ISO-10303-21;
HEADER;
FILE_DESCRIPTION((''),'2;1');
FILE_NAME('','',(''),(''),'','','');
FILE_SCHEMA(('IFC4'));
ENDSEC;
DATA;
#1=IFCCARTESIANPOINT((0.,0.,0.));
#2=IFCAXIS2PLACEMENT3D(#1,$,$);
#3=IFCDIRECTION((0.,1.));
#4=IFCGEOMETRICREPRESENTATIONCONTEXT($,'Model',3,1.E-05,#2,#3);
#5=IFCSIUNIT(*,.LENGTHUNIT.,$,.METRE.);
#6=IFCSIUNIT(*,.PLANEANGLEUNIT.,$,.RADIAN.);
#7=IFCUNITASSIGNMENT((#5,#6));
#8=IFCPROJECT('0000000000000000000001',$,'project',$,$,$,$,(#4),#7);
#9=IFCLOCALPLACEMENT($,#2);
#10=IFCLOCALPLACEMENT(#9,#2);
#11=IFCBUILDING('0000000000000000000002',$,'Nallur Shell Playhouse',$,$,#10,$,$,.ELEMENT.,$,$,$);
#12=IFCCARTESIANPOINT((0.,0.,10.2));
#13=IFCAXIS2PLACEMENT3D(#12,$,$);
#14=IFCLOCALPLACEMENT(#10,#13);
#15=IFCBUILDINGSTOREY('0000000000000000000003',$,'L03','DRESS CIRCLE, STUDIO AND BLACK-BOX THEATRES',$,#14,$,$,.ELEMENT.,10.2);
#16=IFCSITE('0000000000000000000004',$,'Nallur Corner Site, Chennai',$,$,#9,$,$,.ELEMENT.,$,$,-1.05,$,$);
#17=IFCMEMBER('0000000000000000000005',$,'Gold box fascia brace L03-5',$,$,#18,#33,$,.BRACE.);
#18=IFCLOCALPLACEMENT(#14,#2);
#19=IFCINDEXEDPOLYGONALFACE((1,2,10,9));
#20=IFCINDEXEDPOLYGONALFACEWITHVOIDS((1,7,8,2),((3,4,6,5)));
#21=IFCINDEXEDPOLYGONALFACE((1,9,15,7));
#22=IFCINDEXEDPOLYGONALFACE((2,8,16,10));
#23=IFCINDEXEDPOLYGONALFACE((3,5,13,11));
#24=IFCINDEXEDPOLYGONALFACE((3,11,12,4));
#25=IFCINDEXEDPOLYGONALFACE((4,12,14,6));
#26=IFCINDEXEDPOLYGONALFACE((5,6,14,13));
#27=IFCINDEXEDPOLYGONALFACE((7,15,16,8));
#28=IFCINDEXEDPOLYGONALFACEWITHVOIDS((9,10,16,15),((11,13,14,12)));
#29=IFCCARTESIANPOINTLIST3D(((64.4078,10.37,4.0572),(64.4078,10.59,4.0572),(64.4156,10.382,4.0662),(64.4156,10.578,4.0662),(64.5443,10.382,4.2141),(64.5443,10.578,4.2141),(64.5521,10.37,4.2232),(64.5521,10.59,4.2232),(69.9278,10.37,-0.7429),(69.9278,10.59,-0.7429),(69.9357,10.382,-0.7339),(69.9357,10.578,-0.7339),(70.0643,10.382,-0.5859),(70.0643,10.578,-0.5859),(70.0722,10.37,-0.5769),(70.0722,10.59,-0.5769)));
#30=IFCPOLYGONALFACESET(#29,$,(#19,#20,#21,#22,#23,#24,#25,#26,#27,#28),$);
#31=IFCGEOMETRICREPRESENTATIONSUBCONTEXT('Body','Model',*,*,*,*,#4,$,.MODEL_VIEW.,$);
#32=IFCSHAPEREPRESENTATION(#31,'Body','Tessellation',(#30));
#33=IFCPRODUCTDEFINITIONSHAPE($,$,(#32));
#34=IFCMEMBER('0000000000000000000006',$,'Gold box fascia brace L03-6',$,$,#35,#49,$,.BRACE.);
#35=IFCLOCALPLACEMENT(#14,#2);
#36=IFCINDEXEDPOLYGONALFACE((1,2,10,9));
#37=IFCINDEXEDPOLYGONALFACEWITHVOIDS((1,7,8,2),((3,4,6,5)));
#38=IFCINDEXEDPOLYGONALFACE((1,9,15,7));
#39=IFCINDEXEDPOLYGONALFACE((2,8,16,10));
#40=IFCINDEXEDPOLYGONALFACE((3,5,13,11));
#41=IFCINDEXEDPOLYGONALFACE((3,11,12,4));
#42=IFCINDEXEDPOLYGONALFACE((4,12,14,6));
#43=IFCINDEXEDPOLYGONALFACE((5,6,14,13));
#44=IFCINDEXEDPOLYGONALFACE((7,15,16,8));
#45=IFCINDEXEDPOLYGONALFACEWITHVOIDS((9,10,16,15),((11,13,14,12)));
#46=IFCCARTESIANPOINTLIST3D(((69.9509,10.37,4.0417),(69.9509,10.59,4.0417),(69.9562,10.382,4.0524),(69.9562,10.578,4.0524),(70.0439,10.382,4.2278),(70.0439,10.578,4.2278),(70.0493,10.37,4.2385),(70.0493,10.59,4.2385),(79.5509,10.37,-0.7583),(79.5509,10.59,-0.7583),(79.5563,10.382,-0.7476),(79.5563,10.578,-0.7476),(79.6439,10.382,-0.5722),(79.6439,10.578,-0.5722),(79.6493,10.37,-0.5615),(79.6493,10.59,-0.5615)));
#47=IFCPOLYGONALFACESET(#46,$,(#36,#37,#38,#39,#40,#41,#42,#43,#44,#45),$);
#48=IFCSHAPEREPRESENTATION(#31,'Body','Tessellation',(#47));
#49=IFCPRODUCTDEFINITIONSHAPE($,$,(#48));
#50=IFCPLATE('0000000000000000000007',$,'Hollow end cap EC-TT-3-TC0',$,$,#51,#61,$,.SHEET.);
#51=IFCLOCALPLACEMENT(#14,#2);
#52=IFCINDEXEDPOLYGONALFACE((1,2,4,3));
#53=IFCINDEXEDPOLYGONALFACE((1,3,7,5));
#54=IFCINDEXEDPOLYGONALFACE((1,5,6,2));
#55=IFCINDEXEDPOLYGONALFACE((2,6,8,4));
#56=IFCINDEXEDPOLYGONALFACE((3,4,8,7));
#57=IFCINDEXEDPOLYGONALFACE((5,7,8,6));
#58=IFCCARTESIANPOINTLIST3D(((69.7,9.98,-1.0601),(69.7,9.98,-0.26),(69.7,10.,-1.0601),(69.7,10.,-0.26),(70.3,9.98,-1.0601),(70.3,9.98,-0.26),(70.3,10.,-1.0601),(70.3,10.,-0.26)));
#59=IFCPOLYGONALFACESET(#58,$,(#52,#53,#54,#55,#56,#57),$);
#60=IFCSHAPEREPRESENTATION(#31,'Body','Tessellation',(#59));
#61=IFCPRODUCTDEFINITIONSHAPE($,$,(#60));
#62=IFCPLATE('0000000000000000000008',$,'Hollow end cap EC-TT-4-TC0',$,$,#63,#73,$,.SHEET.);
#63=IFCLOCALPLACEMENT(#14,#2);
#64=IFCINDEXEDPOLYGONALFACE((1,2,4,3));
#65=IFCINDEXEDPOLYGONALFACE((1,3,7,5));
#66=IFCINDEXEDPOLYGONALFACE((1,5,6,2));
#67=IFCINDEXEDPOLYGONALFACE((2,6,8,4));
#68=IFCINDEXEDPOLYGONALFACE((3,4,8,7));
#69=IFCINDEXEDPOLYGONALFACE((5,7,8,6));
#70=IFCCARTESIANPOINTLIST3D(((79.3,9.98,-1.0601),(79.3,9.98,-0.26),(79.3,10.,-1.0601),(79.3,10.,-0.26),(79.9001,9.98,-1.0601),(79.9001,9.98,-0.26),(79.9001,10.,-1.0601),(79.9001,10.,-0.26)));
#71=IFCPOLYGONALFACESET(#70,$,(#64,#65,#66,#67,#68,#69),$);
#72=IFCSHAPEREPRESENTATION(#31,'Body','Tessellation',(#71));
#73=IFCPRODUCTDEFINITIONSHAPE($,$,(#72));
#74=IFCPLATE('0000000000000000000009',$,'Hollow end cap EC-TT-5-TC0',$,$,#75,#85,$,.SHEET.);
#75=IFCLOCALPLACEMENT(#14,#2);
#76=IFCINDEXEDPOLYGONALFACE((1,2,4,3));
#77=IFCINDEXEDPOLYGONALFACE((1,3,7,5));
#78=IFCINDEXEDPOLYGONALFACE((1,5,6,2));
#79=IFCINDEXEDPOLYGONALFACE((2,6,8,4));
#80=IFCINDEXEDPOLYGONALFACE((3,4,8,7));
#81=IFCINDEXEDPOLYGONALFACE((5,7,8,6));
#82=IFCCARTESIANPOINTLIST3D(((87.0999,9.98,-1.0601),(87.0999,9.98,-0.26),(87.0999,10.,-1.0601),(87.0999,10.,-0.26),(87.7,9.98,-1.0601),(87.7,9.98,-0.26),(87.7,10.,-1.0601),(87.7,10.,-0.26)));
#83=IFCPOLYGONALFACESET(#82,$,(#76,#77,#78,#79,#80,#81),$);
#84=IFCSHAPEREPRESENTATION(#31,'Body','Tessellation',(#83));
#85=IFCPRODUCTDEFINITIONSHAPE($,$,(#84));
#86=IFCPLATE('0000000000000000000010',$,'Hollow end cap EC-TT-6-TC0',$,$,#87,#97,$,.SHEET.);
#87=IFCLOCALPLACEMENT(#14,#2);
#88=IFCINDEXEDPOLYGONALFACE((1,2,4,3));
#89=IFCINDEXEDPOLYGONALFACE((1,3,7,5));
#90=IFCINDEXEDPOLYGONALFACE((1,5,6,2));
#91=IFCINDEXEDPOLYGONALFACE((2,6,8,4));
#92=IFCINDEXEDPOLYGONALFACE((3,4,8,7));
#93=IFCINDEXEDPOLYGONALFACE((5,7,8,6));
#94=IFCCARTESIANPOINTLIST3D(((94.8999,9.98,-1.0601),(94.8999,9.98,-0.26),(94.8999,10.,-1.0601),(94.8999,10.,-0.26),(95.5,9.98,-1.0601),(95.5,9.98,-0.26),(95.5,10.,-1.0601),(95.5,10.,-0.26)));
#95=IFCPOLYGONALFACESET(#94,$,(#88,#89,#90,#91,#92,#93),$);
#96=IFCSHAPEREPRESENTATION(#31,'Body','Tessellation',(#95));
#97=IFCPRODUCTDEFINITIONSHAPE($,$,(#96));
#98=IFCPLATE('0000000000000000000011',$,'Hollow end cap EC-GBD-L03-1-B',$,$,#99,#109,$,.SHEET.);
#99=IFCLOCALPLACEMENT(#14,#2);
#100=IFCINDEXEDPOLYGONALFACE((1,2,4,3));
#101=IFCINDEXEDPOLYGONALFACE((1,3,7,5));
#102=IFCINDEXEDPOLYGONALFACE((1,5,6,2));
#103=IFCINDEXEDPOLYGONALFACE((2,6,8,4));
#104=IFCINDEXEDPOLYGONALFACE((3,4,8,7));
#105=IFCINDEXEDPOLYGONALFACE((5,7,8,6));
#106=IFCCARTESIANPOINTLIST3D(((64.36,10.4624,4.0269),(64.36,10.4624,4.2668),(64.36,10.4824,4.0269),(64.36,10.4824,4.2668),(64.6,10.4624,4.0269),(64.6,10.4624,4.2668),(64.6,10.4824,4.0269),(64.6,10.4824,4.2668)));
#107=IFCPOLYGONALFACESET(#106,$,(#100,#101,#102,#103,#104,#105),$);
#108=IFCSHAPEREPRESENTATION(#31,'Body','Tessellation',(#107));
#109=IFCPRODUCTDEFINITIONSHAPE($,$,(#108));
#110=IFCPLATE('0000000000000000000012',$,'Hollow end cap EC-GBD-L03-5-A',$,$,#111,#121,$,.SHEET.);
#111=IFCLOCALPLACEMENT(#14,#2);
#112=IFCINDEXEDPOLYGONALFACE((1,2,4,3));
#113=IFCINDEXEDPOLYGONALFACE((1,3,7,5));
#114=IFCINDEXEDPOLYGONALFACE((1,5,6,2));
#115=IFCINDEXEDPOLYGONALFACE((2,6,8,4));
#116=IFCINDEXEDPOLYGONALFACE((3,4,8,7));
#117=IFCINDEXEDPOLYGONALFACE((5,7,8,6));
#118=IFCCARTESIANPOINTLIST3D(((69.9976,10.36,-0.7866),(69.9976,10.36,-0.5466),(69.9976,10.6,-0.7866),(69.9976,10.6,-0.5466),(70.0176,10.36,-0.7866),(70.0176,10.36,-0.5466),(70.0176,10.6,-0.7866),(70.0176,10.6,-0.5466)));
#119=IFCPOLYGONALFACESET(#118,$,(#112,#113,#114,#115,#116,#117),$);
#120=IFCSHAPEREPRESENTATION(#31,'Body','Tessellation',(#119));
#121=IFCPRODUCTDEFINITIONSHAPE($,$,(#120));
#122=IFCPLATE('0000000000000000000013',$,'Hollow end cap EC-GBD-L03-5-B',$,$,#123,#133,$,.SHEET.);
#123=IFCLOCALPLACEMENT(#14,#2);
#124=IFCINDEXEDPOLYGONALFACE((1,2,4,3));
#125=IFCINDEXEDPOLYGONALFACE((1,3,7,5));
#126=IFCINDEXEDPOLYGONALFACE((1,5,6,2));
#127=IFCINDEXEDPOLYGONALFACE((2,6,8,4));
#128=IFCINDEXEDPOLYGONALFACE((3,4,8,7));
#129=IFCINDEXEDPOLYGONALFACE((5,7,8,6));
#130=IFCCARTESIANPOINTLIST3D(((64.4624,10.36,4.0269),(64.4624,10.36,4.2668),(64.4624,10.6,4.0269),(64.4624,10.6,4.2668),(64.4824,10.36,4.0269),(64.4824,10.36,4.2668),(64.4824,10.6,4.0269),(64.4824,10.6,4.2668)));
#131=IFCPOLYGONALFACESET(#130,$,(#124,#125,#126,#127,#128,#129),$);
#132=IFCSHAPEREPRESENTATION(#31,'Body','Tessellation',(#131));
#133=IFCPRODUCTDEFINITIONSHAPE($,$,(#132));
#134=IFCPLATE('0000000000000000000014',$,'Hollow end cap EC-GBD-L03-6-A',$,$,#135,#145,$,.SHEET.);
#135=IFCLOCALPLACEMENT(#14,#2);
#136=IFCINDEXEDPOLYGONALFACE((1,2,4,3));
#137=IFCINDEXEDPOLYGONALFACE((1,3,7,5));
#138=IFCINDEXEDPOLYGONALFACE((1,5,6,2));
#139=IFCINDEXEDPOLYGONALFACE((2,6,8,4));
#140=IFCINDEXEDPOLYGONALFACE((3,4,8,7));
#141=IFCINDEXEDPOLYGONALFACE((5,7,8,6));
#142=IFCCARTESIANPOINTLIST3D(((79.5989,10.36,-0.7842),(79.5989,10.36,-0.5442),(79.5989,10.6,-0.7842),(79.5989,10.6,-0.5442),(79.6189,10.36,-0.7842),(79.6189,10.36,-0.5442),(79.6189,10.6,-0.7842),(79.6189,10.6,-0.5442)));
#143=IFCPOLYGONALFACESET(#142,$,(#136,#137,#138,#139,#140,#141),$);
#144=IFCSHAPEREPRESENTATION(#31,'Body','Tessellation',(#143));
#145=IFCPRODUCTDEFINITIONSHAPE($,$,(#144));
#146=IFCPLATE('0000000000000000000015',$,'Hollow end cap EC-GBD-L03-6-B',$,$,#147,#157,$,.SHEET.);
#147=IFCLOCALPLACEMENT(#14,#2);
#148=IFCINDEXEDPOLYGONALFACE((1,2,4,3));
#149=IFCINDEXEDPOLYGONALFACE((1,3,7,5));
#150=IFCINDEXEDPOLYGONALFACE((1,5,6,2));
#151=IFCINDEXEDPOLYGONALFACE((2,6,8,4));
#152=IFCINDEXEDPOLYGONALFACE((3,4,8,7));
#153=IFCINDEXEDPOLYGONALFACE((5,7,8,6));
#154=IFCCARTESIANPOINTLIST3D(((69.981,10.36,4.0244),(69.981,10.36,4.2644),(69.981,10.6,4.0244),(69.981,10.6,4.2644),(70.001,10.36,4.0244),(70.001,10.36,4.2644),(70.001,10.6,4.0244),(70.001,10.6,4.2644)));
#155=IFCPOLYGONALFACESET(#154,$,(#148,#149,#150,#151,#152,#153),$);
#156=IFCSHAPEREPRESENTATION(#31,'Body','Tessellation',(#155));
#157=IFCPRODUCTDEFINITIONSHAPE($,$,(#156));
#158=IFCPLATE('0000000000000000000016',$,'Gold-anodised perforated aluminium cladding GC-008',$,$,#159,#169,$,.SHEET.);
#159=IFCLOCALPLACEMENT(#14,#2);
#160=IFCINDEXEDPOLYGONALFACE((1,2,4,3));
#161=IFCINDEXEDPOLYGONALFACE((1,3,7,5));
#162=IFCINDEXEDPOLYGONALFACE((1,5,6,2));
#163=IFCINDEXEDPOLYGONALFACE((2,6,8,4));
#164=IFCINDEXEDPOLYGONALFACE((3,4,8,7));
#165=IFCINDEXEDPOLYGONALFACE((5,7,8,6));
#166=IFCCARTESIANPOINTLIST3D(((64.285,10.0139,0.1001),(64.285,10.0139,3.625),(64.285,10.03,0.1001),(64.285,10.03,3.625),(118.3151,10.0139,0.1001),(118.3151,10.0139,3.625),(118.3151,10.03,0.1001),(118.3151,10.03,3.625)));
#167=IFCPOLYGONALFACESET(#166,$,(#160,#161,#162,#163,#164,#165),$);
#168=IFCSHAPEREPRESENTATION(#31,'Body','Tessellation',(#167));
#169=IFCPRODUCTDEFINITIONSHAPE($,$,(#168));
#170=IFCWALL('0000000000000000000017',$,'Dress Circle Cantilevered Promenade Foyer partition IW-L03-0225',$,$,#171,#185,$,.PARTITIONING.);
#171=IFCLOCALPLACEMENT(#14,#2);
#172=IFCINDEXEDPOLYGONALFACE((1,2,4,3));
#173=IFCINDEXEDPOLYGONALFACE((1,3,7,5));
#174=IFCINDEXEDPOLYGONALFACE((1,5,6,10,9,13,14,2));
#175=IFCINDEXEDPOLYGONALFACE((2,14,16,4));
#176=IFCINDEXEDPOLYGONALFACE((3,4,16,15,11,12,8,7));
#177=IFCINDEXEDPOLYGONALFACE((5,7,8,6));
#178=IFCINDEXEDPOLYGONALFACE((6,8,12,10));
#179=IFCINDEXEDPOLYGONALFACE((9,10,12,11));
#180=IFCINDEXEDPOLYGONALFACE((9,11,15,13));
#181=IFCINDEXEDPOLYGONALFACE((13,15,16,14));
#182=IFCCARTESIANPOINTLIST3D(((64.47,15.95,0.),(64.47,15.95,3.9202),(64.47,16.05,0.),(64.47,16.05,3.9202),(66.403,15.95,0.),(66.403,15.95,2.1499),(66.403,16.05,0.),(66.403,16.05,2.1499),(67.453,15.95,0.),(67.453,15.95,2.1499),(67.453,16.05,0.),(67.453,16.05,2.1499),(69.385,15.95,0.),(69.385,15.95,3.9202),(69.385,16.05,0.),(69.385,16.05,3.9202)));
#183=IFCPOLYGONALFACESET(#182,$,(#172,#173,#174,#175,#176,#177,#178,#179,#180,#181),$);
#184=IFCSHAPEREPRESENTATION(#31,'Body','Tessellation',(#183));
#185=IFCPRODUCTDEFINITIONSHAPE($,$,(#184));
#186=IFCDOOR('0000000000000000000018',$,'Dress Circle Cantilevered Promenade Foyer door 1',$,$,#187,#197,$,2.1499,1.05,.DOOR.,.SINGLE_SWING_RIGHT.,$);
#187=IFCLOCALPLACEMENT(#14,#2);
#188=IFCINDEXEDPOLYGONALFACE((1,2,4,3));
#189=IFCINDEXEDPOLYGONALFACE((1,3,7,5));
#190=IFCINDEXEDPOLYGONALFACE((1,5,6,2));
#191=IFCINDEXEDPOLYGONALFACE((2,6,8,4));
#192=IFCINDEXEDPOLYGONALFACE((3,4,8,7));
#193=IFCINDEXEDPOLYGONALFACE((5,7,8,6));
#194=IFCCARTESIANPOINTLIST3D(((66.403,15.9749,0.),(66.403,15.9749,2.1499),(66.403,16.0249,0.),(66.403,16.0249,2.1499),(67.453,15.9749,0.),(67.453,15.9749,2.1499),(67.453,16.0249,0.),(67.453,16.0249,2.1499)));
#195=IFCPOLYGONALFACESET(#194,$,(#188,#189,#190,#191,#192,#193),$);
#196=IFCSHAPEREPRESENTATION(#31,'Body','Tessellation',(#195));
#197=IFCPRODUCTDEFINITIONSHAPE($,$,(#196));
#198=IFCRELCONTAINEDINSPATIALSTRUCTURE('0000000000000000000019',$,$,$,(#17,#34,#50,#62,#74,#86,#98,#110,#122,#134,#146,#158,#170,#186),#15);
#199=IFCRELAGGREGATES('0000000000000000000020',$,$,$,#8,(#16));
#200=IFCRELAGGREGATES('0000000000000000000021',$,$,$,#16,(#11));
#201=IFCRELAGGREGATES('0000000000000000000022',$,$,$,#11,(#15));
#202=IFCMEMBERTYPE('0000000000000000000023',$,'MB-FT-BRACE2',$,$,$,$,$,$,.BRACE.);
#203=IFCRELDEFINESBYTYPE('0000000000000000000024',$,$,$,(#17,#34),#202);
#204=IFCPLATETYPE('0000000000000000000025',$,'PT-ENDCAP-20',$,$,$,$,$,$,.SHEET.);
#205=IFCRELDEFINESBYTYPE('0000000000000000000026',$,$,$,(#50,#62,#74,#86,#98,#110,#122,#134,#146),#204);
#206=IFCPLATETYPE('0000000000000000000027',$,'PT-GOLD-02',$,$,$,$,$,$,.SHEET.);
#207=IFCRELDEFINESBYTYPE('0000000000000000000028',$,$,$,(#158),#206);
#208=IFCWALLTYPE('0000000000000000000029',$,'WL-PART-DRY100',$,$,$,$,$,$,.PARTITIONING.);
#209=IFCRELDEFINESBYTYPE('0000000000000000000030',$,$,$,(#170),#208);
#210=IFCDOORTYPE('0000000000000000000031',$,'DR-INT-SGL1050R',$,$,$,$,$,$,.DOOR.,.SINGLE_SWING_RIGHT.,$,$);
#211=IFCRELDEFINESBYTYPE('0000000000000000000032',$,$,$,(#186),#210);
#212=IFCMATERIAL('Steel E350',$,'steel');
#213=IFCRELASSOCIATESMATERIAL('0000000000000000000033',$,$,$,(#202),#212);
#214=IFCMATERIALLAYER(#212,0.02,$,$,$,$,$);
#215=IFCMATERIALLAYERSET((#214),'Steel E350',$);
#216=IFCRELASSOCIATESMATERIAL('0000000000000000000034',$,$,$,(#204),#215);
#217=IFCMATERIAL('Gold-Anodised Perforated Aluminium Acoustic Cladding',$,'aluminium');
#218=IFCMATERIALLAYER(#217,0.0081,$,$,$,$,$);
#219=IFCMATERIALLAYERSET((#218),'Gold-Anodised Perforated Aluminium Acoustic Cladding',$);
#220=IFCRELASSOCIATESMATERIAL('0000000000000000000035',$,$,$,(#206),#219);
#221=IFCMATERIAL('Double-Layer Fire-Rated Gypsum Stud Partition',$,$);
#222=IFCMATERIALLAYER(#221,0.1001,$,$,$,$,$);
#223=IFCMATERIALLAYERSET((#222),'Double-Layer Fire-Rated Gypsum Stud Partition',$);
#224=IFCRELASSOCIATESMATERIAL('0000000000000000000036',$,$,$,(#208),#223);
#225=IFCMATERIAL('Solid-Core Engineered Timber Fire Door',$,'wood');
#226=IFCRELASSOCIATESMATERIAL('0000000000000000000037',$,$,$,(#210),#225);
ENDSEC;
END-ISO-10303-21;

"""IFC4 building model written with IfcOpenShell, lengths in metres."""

from ifc_helpers import new_model, si_unit, direction, frame, frame_2d, origin, origin_2d, place, context, subcontext, project, spatial, rectangle, hollow_rectangle, extrude, material, layer, layer_set, material_profile, profile_set, type_object, element, fill, save


model = new_model("IFC4")

# Units and contexts
model_context = context("Model", 3, precision=1e-05, world=origin(), true_north=direction((0.0, 1.0)))
body_context = subcontext(model_context, "Body", "Model", "MODEL_VIEW")
ifc_project = project(units=[si_unit("LENGTHUNIT", "METRE"), si_unit("PLANEANGLEUNIT", "RADIAN")], contexts=[model_context])

# Site, building, storey
site_placement = place(None, origin())
site = spatial("IfcSite", under=ifc_project, at=site_placement, Name="Nallur Corner Site, Chennai", CompositionType="ELEMENT", RefElevation=-1.05)
building_placement = place(site_placement, origin())
building = spatial("IfcBuilding", under=site, at=building_placement, Name="Nallur Shell Playhouse", CompositionType="ELEMENT")
storey_placement = place(building_placement, frame((0.0, 0.0, 10.2)))
storey = spatial("IfcBuildingStorey", under=building, at=storey_placement, Name="L03", Description="DRESS CIRCLE, STUDIO AND BLACK-BOX THEATRES", CompositionType="ELEMENT", Elevation=10.2)

# Shared definitions
ifc_material_1 = material(Name="Steel E350", Category="steel")

# Members
ifc_material_profile_1 = material_profile(ifc_material_1, hollow_rectangle(XDim=0.22, YDim=0.22, WallThickness=0.012, at=origin_2d()), Name="SHS 220x220x12")
ifc_profile_set_1 = profile_set([ifc_material_profile_1], Name="Steel E350")
member_type_1 = type_object("IfcMemberType", Name="MB-FT-BRACE2", PredefinedType="BRACE", material=ifc_profile_set_1)
for number, where, z_axis, x_axis, name in (
    (1, (70.0, 10.48, -0.6599), (-0.754603, 0.0, 0.656181), (0.0, -1.0, 0.0), "Gold box fascia brace L03-5"),
):
    element("IfcMember", number, at=place(storey_placement, frame(where, z_axis=z_axis, x_axis=x_axis)), inside=storey, type_object=member_type_1, Name=name, PredefinedType="BRACE", context=body_context, shape_type="SweptSolid", body=[
        extrude(hollow_rectangle(XDim=0.22, YDim=0.22, WallThickness=0.012, at=origin_2d()), origin(), (0.0, 0.0, 1.0), 7.3152),
    ])
member_placement = place(storey_placement, frame((79.6001, 10.48, -0.6599), z_axis=(-0.894427, 0.0, 0.447214), x_axis=(0.0, -1.0, 0.0)))
element("IfcMember", 2, at=member_placement, inside=storey, type_object=member_type_1, Name="Gold box fascia brace L03-6", PredefinedType="BRACE", context=body_context, shape_type="SweptSolid", body=[
    extrude(hollow_rectangle(XDim=0.22, YDim=0.22, WallThickness=0.012, at=origin_2d()), origin(), (0.0, 0.0, 1.0), 10.7332),
])

# Plates
ifc_layer_1 = layer(ifc_material_1, 0.02)
ifc_layer_set_1 = layer_set([ifc_layer_1], Name="Steel E350")
plate_type_1 = type_object("IfcPlateType", Name="PT-ENDCAP-20", PredefinedType="SHEET", material=ifc_layer_set_1)
for number, where, z_axis, x_axis, name in (
    (3, (70.0, 9.99, -1.0601), (0.0, 0.0, 1.0), (1.0, 0.0, 0.0), "Hollow end cap EC-TT-3-TC0"),
    (4, (79.6001, 9.99, -1.0601), (0.0, 0.0, 1.0), (1.0, 0.0, 0.0), "Hollow end cap EC-TT-4-TC0"),
    (5, (87.3999, 9.99, -1.0601), (0.0, 0.0, 1.0), (1.0, 0.0, 0.0), "Hollow end cap EC-TT-5-TC0"),
    (6, (95.2, 9.99, -1.0601), (0.0, 0.0, 1.0), (1.0, 0.0, 0.0), "Hollow end cap EC-TT-6-TC0"),
):
    element("IfcPlate", number, at=place(storey_placement, frame(where, z_axis=z_axis, x_axis=x_axis)), inside=storey, type_object=plate_type_1, Name=name, PredefinedType="SHEET", context=body_context, shape_type="SweptSolid", body=[
        extrude(rectangle(XDim=0.6001, YDim=0.02, at=origin_2d()), origin(), (0.0, 0.0, 1.0), 0.8),
    ])
plate_1_placement = place(storey_placement, frame((64.48, 10.4724, 4.0269), z_axis=(0.0, 0.0, 1.0), x_axis=(1.0, 0.0, 0.0)))
element("IfcPlate", 7, at=plate_1_placement, inside=storey, type_object=plate_type_1, Name="Hollow end cap EC-GBD-L03-1-B", PredefinedType="SHEET", context=body_context, shape_type="SweptSolid", body=[
    extrude(rectangle(XDim=0.24, YDim=0.02, at=origin_2d()), origin(), (0.0, 0.0, 1.0), 0.24),
])
for number, where, z_axis, x_axis, name in (
    (8, (70.0076, 10.48, -0.7866), (0.0, 0.0, 1.0), (1.0, 0.0, 0.0), "Hollow end cap EC-GBD-L03-5-A"),
    (9, (64.4724, 10.48, 4.0269), (0.0, 0.0, 1.0), (1.0, 0.0, 0.0), "Hollow end cap EC-GBD-L03-5-B"),
    (10, (79.6089, 10.48, -0.7842), (0.0, 0.0, 1.0), (1.0, 0.0, 0.0), "Hollow end cap EC-GBD-L03-6-A"),
    (11, (69.991, 10.48, 4.0244), (0.0, 0.0, 1.0), (1.0, 0.0, 0.0), "Hollow end cap EC-GBD-L03-6-B"),
):
    element("IfcPlate", number, at=place(storey_placement, frame(where, z_axis=z_axis, x_axis=x_axis)), inside=storey, type_object=plate_type_1, Name=name, PredefinedType="SHEET", context=body_context, shape_type="SweptSolid", body=[
        extrude(rectangle(XDim=0.02, YDim=0.24, at=origin_2d()), origin(), (0.0, 0.0, 1.0), 0.24),
    ])
ifc_material_2 = material(Name="Gold-Anodised Perforated Aluminium Acoustic Cladding", Category="aluminium")
ifc_layer_2 = layer(ifc_material_2, 0.0081)
ifc_layer_set_2 = layer_set([ifc_layer_2], Name="Gold-Anodised Perforated Aluminium Acoustic Cladding")
plate_type_2 = type_object("IfcPlateType", Name="PT-GOLD-02", PredefinedType="SHEET", material=ifc_layer_set_2)
plate_2_placement = place(storey_placement, frame((91.3, 10.022, 0.1001), z_axis=(0.0, 0.0, 1.0), x_axis=(-1.0, 0.0, 0.0)))
element("IfcPlate", 12, at=plate_2_placement, inside=storey, type_object=plate_type_2, Name="Gold-anodised perforated aluminium cladding GC-008", PredefinedType="SHEET", context=body_context, shape_type="SweptSolid", body=[
    extrude(rectangle(XDim=54.03, YDim=0.0161, at=origin_2d()), origin(), (0.0, 0.0, 1.0), 3.5249),
])

# Wall, opening, door
ifc_material_3 = material(Name="Double-Layer Fire-Rated Gypsum Stud Partition")
ifc_layer_3 = layer(ifc_material_3, 0.1001)
ifc_layer_set_3 = layer_set([ifc_layer_3], Name="Double-Layer Fire-Rated Gypsum Stud Partition")
wall_type = type_object("IfcWallType", Name="WL-PART-DRY100", PredefinedType="PARTITIONING", material=ifc_layer_set_3)
wall_1_placement = place(storey_placement, frame((64.47, 16.0, 0.0), z_axis=(0.0, 0.0, 1.0), x_axis=(1.0, 0.0, 0.0)))
wall_1 = element("IfcWall", 13, at=wall_1_placement, inside=storey, type_object=wall_type, Name="Dress Circle Cantilevered Promenade Foyer partition IW-L03-0225", PredefinedType="PARTITIONING", context=body_context, shape_type="SweptSolid", body=[
    extrude(rectangle(XDim=4.915, YDim=0.1001, at=frame_2d((2.4575, 0.0))), origin(), (0.0, 0.0, 1.0), 3.9202),
])
opening_1_placement = place(wall_1_placement, frame((1.9331, 0.0, 0.0)))
opening_1 = element("IfcOpeningElement", 14, at=opening_1_placement, cuts=wall_1, PredefinedType="OPENING", context=body_context, shape_type="SweptSolid", body=[
    extrude(rectangle(XDim=1.05, YDim=2.1499, at=frame_2d((0.5249, 1.075))), frame((0.0, 0.0601, 0.0), z_axis=(0.0, -1.0, 0.0), x_axis=(1.0, 0.0, 0.0)), (0.0, 0.0, 1.0), 0.1201),
])
ifc_material_4 = material(Name="Solid-Core Engineered Timber Fire Door", Category="wood")
door_type_1 = type_object("IfcDoorType", Name="DR-INT-SGL1050R", OperationType="SINGLE_SWING_RIGHT", PredefinedType="DOOR", material=ifc_material_4)
door_1_placement = place(opening_1_placement, origin())
door_1 = element("IfcDoor", 15, at=door_1_placement, inside=storey, type_object=door_type_1, Name="Dress Circle Cantilevered Promenade Foyer door 1", OperationType="SINGLE_SWING_RIGHT", OverallHeight=2.1499, OverallWidth=1.05, PredefinedType="DOOR", context=body_context, shape_type="SweptSolid", body=[
    extrude(rectangle(XDim=1.05, YDim=2.1499, at=frame_2d((0.5249, 1.075))), frame((0.0, 0.0249, 0.0), z_axis=(0.0, -1.0, 0.0), x_axis=(1.0, 0.0, 0.0)), (0.0, 0.0, 1.0), 0.05),
])
fill(opening_1, door_1)

save(model, "model.ifc")
